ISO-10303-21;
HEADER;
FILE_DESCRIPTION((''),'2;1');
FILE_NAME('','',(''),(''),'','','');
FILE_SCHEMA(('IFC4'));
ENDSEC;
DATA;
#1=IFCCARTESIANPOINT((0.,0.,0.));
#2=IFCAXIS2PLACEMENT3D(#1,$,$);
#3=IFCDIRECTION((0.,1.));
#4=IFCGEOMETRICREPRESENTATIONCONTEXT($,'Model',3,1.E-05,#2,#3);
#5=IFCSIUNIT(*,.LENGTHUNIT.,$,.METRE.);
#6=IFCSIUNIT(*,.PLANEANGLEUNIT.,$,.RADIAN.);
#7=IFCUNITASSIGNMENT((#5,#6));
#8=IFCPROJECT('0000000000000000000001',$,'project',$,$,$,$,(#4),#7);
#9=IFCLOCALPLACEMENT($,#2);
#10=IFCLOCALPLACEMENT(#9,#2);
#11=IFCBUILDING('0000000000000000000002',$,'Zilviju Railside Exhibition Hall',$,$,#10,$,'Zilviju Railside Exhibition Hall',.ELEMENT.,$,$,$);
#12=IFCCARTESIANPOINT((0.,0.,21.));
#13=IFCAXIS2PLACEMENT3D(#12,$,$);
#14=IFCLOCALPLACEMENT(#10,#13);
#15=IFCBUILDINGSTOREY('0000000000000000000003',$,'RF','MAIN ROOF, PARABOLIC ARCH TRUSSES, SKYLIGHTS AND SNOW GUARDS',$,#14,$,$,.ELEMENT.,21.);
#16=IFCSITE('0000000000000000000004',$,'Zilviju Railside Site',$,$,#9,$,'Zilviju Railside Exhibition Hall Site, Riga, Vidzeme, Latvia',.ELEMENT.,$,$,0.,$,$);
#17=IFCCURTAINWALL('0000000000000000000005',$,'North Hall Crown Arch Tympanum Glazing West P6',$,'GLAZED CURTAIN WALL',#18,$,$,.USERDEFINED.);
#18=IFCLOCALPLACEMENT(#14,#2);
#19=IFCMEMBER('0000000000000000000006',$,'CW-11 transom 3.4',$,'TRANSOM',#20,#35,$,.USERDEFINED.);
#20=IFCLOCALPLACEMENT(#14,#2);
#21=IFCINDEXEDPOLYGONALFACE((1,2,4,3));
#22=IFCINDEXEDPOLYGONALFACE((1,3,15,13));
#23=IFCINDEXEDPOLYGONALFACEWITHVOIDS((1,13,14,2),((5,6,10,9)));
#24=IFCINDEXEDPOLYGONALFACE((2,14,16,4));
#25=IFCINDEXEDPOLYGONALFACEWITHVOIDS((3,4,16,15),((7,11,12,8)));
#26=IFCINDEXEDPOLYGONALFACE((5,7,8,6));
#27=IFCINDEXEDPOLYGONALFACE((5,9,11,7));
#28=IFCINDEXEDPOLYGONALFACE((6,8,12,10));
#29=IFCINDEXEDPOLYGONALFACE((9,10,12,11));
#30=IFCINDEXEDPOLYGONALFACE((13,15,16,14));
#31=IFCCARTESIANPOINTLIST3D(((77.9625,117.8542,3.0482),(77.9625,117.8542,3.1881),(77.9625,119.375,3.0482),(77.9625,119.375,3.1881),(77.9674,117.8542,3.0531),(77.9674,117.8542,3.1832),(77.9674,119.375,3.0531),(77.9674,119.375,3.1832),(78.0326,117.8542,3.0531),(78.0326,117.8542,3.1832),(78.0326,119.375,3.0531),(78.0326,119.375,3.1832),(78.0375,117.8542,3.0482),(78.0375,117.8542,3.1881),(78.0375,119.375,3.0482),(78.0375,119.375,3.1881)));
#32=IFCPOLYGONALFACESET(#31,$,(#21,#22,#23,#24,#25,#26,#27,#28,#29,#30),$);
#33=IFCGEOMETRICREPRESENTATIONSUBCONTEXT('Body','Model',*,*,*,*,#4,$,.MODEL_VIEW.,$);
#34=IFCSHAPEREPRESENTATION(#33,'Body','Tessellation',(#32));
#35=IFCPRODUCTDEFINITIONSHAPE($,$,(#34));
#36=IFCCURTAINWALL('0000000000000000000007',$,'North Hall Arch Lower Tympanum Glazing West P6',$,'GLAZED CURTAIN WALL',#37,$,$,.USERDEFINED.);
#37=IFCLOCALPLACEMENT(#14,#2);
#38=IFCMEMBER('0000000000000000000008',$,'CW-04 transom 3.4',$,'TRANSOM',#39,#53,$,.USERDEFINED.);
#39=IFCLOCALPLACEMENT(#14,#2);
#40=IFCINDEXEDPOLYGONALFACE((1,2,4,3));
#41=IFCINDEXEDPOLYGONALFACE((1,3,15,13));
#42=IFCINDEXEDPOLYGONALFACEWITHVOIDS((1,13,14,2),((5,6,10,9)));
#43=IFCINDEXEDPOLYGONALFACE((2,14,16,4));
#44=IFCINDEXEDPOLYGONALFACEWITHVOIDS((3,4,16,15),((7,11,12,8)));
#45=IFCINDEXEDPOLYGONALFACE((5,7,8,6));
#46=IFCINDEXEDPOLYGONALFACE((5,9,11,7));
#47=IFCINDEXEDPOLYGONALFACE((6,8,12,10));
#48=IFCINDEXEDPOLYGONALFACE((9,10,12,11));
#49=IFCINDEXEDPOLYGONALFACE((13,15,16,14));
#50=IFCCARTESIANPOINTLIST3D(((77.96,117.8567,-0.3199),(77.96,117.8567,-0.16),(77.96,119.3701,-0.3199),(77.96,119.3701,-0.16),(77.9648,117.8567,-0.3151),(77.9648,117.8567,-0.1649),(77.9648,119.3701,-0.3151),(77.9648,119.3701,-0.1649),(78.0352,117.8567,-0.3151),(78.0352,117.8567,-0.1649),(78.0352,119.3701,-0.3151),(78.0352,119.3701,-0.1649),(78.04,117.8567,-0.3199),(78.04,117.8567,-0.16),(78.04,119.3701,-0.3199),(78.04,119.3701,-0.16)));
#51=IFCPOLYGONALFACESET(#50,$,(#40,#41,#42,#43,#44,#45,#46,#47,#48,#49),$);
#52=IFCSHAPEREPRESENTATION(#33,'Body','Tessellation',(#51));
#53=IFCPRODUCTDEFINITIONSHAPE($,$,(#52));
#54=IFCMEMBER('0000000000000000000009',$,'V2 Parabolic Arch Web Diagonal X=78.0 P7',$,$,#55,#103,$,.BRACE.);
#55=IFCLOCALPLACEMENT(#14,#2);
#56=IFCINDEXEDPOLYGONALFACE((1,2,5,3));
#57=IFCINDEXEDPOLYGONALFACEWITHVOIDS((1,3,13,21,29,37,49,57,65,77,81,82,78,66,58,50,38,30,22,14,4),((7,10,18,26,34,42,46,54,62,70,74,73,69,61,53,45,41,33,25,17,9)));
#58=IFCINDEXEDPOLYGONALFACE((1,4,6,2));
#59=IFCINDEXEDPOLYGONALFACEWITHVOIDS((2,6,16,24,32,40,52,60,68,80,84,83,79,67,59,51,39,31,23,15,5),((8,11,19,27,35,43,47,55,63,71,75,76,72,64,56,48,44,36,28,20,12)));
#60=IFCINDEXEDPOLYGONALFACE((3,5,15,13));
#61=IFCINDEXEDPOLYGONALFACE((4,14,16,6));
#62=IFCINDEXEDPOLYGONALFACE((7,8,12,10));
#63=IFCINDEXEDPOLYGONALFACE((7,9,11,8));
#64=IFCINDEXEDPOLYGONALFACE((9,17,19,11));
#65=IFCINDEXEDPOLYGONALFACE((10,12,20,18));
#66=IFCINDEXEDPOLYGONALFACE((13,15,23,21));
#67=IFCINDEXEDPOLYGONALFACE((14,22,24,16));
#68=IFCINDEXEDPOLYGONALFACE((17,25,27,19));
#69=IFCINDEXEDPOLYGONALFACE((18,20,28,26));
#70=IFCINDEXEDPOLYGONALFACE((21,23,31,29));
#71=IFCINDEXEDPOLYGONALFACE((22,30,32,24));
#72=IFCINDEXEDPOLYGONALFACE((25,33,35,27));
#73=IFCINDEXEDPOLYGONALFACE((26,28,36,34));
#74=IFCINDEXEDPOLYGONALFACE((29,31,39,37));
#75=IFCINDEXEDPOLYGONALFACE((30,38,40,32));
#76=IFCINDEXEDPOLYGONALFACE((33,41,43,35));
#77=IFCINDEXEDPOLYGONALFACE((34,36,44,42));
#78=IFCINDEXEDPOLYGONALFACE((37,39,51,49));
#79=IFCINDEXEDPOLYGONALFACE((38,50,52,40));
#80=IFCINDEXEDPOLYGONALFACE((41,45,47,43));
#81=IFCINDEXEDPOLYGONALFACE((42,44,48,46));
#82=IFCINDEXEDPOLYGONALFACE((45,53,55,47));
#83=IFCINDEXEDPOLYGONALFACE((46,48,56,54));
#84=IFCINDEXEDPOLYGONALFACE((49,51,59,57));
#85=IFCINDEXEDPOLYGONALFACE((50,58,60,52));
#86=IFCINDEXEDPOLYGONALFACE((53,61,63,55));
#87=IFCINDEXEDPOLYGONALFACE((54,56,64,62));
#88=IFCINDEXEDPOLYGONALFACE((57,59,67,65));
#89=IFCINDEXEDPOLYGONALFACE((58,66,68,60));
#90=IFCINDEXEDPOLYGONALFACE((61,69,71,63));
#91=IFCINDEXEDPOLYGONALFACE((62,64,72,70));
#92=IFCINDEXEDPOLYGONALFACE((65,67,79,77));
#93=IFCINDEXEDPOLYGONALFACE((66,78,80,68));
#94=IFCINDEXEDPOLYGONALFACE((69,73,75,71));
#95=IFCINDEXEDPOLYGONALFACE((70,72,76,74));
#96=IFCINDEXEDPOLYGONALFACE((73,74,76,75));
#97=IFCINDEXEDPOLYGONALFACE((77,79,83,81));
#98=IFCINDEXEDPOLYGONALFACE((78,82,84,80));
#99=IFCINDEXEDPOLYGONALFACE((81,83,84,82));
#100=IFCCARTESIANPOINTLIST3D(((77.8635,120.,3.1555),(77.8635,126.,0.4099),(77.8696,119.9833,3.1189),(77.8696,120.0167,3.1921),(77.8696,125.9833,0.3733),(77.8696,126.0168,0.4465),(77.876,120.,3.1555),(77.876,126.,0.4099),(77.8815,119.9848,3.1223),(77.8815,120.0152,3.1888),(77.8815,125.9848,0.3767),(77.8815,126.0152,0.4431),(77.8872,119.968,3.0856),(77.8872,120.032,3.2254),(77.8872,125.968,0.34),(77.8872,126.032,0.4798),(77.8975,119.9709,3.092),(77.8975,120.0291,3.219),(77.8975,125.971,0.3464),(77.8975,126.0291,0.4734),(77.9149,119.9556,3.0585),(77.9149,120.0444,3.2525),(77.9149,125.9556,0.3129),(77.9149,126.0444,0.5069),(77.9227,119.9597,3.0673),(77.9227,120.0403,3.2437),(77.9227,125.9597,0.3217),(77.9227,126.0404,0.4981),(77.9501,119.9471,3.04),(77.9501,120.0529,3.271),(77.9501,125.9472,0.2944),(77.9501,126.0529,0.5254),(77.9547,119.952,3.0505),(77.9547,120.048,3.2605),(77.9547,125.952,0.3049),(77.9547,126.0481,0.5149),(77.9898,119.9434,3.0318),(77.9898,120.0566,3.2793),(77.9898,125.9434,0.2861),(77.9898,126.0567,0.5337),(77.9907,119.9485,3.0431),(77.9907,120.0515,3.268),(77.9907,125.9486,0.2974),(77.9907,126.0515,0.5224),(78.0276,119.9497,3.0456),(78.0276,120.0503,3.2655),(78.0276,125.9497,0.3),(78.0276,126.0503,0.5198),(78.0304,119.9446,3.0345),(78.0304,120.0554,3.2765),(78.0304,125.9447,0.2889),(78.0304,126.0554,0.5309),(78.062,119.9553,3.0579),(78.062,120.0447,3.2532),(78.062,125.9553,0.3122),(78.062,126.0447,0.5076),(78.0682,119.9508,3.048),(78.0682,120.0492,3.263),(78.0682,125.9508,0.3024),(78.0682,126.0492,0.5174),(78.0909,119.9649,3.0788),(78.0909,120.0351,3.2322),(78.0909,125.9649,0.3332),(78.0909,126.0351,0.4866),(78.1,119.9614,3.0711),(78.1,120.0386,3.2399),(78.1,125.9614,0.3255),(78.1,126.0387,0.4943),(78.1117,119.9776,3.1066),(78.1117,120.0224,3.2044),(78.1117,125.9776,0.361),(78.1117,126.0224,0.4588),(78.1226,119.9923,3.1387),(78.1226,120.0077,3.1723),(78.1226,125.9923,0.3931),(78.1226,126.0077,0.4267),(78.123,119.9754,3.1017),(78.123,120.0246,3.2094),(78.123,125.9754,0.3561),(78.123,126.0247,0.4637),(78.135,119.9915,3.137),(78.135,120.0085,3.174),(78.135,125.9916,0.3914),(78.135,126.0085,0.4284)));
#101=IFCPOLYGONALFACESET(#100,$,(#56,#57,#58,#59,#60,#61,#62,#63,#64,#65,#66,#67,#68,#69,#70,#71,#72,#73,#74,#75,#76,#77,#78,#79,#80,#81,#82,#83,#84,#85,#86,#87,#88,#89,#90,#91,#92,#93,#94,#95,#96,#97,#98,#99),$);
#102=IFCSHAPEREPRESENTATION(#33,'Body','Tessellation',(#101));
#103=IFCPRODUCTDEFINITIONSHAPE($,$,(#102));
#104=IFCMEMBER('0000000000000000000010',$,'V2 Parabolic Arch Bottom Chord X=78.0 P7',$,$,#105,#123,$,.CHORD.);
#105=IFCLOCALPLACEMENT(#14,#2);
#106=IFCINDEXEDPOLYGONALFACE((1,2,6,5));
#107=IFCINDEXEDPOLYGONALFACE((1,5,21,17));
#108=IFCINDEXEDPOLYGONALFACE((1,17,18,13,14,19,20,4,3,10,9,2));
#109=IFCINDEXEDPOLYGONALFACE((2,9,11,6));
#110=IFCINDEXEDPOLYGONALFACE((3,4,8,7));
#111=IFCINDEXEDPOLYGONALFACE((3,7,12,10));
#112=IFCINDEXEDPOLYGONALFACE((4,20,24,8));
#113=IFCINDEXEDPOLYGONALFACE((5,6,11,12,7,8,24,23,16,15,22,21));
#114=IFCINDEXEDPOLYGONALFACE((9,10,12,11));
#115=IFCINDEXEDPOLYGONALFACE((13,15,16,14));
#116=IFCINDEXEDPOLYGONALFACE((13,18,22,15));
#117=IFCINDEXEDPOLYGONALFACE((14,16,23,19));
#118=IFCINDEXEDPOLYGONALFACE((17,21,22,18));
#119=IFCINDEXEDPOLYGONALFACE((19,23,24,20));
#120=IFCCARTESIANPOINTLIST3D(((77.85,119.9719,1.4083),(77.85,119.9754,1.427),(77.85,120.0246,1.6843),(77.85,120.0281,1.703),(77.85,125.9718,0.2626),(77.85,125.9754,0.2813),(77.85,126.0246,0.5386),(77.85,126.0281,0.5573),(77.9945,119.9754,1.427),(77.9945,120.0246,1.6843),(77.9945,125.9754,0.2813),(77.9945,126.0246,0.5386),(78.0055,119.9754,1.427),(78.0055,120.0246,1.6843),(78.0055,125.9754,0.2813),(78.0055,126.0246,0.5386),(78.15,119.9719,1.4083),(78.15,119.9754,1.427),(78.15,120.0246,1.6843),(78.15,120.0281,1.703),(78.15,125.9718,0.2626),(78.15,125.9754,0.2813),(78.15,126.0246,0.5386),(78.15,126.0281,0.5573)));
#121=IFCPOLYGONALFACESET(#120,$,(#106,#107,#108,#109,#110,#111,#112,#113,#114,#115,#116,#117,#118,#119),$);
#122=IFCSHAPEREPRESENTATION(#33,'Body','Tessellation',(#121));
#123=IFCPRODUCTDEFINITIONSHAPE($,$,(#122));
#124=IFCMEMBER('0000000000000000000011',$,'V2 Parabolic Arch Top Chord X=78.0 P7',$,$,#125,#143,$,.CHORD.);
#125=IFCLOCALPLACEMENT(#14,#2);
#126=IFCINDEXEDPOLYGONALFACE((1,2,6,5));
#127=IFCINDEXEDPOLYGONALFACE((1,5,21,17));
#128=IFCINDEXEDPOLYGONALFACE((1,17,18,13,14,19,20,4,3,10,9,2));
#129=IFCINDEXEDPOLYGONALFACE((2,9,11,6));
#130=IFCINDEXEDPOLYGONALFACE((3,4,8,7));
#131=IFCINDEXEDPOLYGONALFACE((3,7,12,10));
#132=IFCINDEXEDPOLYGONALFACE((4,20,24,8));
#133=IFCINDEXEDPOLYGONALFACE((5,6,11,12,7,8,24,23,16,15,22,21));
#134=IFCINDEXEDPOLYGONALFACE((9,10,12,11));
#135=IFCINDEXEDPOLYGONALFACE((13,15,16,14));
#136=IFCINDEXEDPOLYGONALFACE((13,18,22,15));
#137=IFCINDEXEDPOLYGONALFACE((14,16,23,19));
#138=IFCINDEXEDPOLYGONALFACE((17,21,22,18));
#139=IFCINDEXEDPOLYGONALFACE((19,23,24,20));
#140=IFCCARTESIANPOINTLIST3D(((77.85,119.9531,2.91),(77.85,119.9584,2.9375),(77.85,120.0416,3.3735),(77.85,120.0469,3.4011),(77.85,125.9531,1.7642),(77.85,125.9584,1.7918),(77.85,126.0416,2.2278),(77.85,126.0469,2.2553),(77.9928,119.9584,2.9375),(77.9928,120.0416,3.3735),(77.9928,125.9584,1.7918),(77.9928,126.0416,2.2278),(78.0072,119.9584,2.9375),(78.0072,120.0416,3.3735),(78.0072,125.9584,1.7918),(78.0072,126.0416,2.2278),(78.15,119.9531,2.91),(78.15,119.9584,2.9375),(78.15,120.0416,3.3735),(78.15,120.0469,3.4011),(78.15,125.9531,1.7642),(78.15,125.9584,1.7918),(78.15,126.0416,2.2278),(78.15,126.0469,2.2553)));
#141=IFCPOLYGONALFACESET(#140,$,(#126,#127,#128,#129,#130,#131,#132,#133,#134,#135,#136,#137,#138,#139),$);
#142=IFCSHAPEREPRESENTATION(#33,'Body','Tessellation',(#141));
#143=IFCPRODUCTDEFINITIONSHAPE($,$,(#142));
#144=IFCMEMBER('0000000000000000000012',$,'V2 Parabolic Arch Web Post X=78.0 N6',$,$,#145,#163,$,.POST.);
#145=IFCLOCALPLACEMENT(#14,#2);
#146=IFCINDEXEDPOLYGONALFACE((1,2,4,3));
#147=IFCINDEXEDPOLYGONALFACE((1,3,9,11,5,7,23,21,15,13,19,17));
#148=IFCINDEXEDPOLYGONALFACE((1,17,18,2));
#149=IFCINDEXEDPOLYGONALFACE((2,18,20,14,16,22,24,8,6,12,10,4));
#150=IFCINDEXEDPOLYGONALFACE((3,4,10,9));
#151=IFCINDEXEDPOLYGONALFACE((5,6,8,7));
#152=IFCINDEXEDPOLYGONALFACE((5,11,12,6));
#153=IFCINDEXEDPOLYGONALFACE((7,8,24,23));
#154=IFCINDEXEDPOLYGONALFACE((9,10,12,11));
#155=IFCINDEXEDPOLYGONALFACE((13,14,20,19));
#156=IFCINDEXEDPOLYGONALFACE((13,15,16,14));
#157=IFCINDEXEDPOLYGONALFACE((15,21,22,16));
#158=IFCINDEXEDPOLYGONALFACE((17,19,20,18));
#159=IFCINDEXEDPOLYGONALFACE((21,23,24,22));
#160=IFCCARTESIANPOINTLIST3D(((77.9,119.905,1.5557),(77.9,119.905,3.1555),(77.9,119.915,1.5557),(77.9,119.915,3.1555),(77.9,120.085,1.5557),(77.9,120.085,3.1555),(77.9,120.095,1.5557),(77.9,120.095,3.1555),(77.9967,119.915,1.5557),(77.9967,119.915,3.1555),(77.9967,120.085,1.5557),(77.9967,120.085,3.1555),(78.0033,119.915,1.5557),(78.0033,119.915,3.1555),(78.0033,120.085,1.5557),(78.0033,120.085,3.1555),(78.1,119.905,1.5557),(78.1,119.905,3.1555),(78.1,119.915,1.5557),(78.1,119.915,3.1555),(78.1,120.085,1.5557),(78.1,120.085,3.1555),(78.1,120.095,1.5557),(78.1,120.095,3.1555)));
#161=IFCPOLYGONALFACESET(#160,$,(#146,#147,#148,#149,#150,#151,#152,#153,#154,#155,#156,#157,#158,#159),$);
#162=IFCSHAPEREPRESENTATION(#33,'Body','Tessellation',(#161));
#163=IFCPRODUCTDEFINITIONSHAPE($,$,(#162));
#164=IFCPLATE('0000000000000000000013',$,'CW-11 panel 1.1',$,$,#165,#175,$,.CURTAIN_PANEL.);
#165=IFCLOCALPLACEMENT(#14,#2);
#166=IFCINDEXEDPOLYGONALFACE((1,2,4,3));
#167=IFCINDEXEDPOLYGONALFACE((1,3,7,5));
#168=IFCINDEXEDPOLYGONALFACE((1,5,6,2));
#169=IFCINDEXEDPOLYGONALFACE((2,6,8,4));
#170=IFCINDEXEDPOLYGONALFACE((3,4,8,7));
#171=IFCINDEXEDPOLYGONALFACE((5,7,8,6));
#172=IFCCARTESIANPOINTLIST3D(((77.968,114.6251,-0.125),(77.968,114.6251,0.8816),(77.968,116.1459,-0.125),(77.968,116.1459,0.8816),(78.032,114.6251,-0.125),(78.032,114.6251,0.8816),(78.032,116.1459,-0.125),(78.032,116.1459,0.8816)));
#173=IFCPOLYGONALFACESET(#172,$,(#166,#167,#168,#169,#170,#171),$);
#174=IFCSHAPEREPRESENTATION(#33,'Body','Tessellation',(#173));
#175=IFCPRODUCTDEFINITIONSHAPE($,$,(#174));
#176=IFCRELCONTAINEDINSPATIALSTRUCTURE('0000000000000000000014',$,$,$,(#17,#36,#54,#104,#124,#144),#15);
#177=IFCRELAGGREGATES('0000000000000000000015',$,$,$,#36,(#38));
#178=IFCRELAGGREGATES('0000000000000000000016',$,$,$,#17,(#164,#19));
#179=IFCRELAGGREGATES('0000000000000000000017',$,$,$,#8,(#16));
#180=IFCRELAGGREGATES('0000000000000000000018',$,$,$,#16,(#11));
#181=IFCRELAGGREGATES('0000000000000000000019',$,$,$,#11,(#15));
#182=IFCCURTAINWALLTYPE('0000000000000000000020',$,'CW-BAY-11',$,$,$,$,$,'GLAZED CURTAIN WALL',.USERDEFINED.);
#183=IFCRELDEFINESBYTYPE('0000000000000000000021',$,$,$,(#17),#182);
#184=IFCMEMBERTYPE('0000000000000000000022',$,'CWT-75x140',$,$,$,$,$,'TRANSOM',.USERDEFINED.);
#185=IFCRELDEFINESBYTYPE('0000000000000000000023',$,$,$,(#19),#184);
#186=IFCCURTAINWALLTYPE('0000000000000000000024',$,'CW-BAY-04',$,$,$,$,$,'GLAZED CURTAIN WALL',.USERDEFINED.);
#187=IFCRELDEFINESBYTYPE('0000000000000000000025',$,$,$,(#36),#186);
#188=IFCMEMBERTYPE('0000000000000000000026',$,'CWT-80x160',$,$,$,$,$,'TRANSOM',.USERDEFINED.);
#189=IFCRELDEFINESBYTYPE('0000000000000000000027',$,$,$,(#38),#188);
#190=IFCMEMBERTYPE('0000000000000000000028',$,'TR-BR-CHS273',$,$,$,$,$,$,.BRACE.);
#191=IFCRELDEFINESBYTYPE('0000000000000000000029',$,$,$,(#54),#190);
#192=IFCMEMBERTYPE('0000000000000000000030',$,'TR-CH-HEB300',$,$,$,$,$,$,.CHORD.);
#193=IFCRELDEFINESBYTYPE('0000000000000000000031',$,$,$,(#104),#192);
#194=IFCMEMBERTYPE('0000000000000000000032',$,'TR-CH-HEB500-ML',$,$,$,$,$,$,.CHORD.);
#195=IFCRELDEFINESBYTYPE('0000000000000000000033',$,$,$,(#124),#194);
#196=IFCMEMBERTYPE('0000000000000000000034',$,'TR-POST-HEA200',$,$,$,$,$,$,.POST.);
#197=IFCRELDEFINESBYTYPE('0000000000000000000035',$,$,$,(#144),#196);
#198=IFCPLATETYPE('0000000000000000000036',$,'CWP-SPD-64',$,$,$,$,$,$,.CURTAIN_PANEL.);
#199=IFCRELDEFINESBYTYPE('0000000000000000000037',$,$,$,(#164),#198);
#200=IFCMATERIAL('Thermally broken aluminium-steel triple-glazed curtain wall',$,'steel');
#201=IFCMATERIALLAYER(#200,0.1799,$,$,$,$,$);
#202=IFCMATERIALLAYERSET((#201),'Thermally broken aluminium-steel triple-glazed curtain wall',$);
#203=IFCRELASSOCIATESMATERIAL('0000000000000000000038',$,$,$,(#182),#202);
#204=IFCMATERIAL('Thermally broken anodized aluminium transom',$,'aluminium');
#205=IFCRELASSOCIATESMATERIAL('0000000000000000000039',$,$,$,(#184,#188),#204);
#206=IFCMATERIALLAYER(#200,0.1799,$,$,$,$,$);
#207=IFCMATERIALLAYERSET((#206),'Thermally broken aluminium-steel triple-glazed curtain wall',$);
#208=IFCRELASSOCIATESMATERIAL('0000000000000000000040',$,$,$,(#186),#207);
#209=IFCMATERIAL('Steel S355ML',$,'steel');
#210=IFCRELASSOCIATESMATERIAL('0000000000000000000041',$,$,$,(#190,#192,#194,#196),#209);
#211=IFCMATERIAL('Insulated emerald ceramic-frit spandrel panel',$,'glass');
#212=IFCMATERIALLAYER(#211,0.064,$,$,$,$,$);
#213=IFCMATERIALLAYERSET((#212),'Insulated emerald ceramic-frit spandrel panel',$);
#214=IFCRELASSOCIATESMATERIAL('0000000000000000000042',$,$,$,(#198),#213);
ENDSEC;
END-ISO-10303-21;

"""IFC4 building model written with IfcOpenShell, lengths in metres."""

from ifc_helpers import new_model, si_unit, direction, frame, origin, origin_2d, place, context, subcontext, project, spatial, rectangle, hollow_rectangle, hollow_circle, i_section, extrude, material, layer, layer_set, material_profile, profile_set, type_object, element, aggregate, save


model = new_model("IFC4")

# Units and contexts
model_context = context("Model", 3, precision=1e-05, world=origin(), true_north=direction((0.0, 1.0)))
body_context = subcontext(model_context, "Body", "Model", "MODEL_VIEW")
ifc_project = project(units=[si_unit("LENGTHUNIT", "METRE"), si_unit("PLANEANGLEUNIT", "RADIAN")], contexts=[model_context])

# Site, building, storey
site_placement = place(None, origin())
site = spatial("IfcSite", under=ifc_project, at=site_placement, Name="Zilviju Railside Site", LongName="Zilviju Railside Exhibition Hall Site, Riga, Vidzeme, Latvia", CompositionType="ELEMENT", RefElevation=0.0)
building_placement = place(site_placement, origin())
building = spatial("IfcBuilding", under=site, at=building_placement, Name="Zilviju Railside Exhibition Hall", LongName="Zilviju Railside Exhibition Hall", CompositionType="ELEMENT")
storey_placement = place(building_placement, frame((0.0, 0.0, 21.0)))
storey = spatial("IfcBuildingStorey", under=building, at=storey_placement, Name="RF", Description="MAIN ROOF, PARABOLIC ARCH TRUSSES, SKYLIGHTS AND SNOW GUARDS", CompositionType="ELEMENT", Elevation=21.0)

# Curtain wall, member
ifc_material_1 = material(Name="Thermally broken aluminium-steel triple-glazed curtain wall", Category="steel")
ifc_layer_1 = layer(ifc_material_1, 0.1799)
ifc_layer_set_1 = layer_set([ifc_layer_1], Name="Thermally broken aluminium-steel triple-glazed curtain wall")
curtain_wall_type_1 = type_object("IfcCurtainWallType", Name="CW-BAY-11", ElementType="GLAZED CURTAIN WALL", PredefinedType="USERDEFINED", material=ifc_layer_set_1)
curtain_wall_1_placement = place(storey_placement, origin())
curtain_wall_1 = element("IfcCurtainWall", 1, at=curtain_wall_1_placement, inside=storey, type_object=curtain_wall_type_1, Name="North Hall Crown Arch Tympanum Glazing West P6", ObjectType="GLAZED CURTAIN WALL", PredefinedType="USERDEFINED")
ifc_material_2 = material(Name="Thermally broken anodized aluminium transom", Category="aluminium")
ifc_material_profile_1 = material_profile(ifc_material_2, hollow_rectangle(XDim=0.075, YDim=0.1399, WallThickness=0.0049, at=origin_2d()), Name="TRANSOM 140x75x5")
ifc_profile_set_1 = profile_set([ifc_material_profile_1], Name="Thermally broken anodized aluminium transom")
member_type_1 = type_object("IfcMemberType", Name="CWT-75x140", ElementType="TRANSOM", PredefinedType="USERDEFINED", material=ifc_profile_set_1)
member_1_placement = place(storey_placement, frame((78.0, 117.8542, 3.1182), z_axis=(0.0, 1.0, 0.0), x_axis=(-1.0, 0.0, 0.0)))
member_1 = element("IfcMember", 2, at=member_1_placement, type_object=member_type_1, Name="CW-11 transom 3.4", ObjectType="TRANSOM", PredefinedType="USERDEFINED", context=body_context, shape_type="SweptSolid", body=[
    extrude(hollow_rectangle(XDim=0.075, YDim=0.1399, WallThickness=0.0049, at=origin_2d()), origin(), (0.0, 0.0, 1.0), 1.5208),
])

# Curtain wall, member
ifc_layer_2 = layer(ifc_material_1, 0.1799)
ifc_layer_set_2 = layer_set([ifc_layer_2], Name="Thermally broken aluminium-steel triple-glazed curtain wall")
curtain_wall_type_2 = type_object("IfcCurtainWallType", Name="CW-BAY-04", ElementType="GLAZED CURTAIN WALL", PredefinedType="USERDEFINED", material=ifc_layer_set_2)
curtain_wall_2_placement = place(storey_placement, origin())
curtain_wall_2 = element("IfcCurtainWall", 3, at=curtain_wall_2_placement, inside=storey, type_object=curtain_wall_type_2, Name="North Hall Arch Lower Tympanum Glazing West P6", ObjectType="GLAZED CURTAIN WALL", PredefinedType="USERDEFINED")
ifc_material_profile_2 = material_profile(ifc_material_2, hollow_rectangle(XDim=0.0801, YDim=0.1599, WallThickness=0.0049, at=origin_2d()), Name="TRANSOM 160x80x5")
ifc_profile_set_2 = profile_set([ifc_material_profile_2], Name="Thermally broken anodized aluminium transom")
member_type_2 = type_object("IfcMemberType", Name="CWT-80x160", ElementType="TRANSOM", PredefinedType="USERDEFINED", material=ifc_profile_set_2)
member_2_placement = place(storey_placement, frame((78.0, 117.8567, -0.24), z_axis=(0.0, 1.0, 0.0), x_axis=(-1.0, 0.0, 0.0)))
member_2 = element("IfcMember", 4, at=member_2_placement, type_object=member_type_2, Name="CW-04 transom 3.4", ObjectType="TRANSOM", PredefinedType="USERDEFINED", context=body_context, shape_type="SweptSolid", body=[
    extrude(hollow_rectangle(XDim=0.0801, YDim=0.1599, WallThickness=0.0049, at=origin_2d()), origin(), (0.0, 0.0, 1.0), 1.5134),
])
aggregate(curtain_wall_2, [member_2])

# Members
ifc_material_3 = material(Name="Steel S355ML", Category="steel")
ifc_material_profile_3 = material_profile(ifc_material_3, hollow_circle(Radius=0.1365, WallThickness=0.0125, at=origin_2d()), Name="CHS 273.0x12.5")
ifc_profile_set_3 = profile_set([ifc_material_profile_3], Name="Steel S355ML")
member_type_3 = type_object("IfcMemberType", Name="TR-BR-CHS273", PredefinedType="BRACE", material=ifc_profile_set_3)
member_3_placement = place(storey_placement, frame((78.0, 120.0, 3.1555), z_axis=(0.0, 0.909317, -0.416104), x_axis=(-1.0, 0.0, 0.0)))
element("IfcMember", 5, at=member_3_placement, inside=storey, type_object=member_type_3, Name="V2 Parabolic Arch Web Diagonal X=78.0 P7", PredefinedType="BRACE", context=body_context, shape_type="SweptSolid", body=[
    extrude(hollow_circle(Radius=0.1365, WallThickness=0.0125, at=origin_2d()), origin(), (0.0, 0.0, 1.0), 6.5984),
])
ifc_material_profile_4 = material_profile(ifc_material_3, i_section(OverallWidth=0.3, OverallDepth=0.3, WebThickness=0.011, FlangeThickness=0.019, at=origin_2d()), Name="HEB 300")
ifc_profile_set_4 = profile_set([ifc_material_profile_4], Name="Steel S355ML")
member_type_4 = type_object("IfcMemberType", Name="TR-CH-HEB300", PredefinedType="CHORD", material=ifc_profile_set_4)
member_4_placement = place(storey_placement, frame((78.0, 120.0, 1.5557), z_axis=(0.0, 0.982251, -0.187569), x_axis=(-1.0, 0.0, 0.0)))
element("IfcMember", 6, at=member_4_placement, inside=storey, type_object=member_type_4, Name="V2 Parabolic Arch Bottom Chord X=78.0 P7", PredefinedType="CHORD", context=body_context, shape_type="SweptSolid", body=[
    extrude(i_section(OverallWidth=0.3, OverallDepth=0.3, WebThickness=0.011, FlangeThickness=0.019, at=origin_2d()), origin(), (0.0, 0.0, 1.0), 6.1084),
])
ifc_material_profile_5 = material_profile(ifc_material_3, i_section(OverallWidth=0.3, OverallDepth=0.5, WebThickness=0.0144, FlangeThickness=0.0281, at=origin_2d()), Name="HEB 500")
ifc_profile_set_5 = profile_set([ifc_material_profile_5], Name="Steel S355ML")
member_type_5 = type_object("IfcMemberType", Name="TR-CH-HEB500-ML", PredefinedType="CHORD", material=ifc_profile_set_5)
member_5_placement = place(storey_placement, frame((78.0, 120.0, 3.1555), z_axis=(0.0, 0.982251, -0.187569), x_axis=(-1.0, 0.0, 0.0)))
element("IfcMember", 7, at=member_5_placement, inside=storey, type_object=member_type_5, Name="V2 Parabolic Arch Top Chord X=78.0 P7", PredefinedType="CHORD", context=body_context, shape_type="SweptSolid", body=[
    extrude(i_section(OverallWidth=0.3, OverallDepth=0.5, WebThickness=0.0144, FlangeThickness=0.0281, at=origin_2d()), origin(), (0.0, 0.0, 1.0), 6.1084),
])
ifc_material_profile_6 = material_profile(ifc_material_3, i_section(OverallWidth=0.2, OverallDepth=0.1899, WebThickness=0.0066, FlangeThickness=0.01, at=origin_2d()), Name="HEA 200")
ifc_profile_set_6 = profile_set([ifc_material_profile_6], Name="Steel S355ML")
member_type_6 = type_object("IfcMemberType", Name="TR-POST-HEA200", PredefinedType="POST", material=ifc_profile_set_6)
member_6_placement = place(storey_placement, frame((78.0, 120.0, 1.5557), z_axis=(0.0, 0.0, 1.0), x_axis=(1.0, 0.0, 0.0)))
element("IfcMember", 8, at=member_6_placement, inside=storey, type_object=member_type_6, Name="V2 Parabolic Arch Web Post X=78.0 N6", PredefinedType="POST", context=body_context, shape_type="SweptSolid", body=[
    extrude(i_section(OverallWidth=0.2, OverallDepth=0.1899, WebThickness=0.0066, FlangeThickness=0.01, at=origin_2d()), origin(), (0.0, 0.0, 1.0), 1.5999),
])

# Plate
ifc_material_4 = material(Name="Insulated emerald ceramic-frit spandrel panel", Category="glass")
ifc_layer_3 = layer(ifc_material_4, 0.064)
ifc_layer_set_3 = layer_set([ifc_layer_3], Name="Insulated emerald ceramic-frit spandrel panel")
plate_type = type_object("IfcPlateType", Name="CWP-SPD-64", PredefinedType="CURTAIN_PANEL", material=ifc_layer_set_3)
plate_1_placement = place(storey_placement, frame((78.0, 115.3855, -0.125), z_axis=(0.0, 0.0, 1.0), x_axis=(0.0, 1.0, 0.0)))
plate_1 = element("IfcPlate", 9, at=plate_1_placement, type_object=plate_type, Name="CW-11 panel 1.1", PredefinedType="CURTAIN_PANEL", context=body_context, shape_type="SweptSolid", body=[
    extrude(rectangle(XDim=1.5208, YDim=0.064, at=origin_2d()), origin(), (0.0, 0.0, 1.0), 1.0066),
])
aggregate(curtain_wall_1, [plate_1, member_1])

save(model, "model.ifc")
